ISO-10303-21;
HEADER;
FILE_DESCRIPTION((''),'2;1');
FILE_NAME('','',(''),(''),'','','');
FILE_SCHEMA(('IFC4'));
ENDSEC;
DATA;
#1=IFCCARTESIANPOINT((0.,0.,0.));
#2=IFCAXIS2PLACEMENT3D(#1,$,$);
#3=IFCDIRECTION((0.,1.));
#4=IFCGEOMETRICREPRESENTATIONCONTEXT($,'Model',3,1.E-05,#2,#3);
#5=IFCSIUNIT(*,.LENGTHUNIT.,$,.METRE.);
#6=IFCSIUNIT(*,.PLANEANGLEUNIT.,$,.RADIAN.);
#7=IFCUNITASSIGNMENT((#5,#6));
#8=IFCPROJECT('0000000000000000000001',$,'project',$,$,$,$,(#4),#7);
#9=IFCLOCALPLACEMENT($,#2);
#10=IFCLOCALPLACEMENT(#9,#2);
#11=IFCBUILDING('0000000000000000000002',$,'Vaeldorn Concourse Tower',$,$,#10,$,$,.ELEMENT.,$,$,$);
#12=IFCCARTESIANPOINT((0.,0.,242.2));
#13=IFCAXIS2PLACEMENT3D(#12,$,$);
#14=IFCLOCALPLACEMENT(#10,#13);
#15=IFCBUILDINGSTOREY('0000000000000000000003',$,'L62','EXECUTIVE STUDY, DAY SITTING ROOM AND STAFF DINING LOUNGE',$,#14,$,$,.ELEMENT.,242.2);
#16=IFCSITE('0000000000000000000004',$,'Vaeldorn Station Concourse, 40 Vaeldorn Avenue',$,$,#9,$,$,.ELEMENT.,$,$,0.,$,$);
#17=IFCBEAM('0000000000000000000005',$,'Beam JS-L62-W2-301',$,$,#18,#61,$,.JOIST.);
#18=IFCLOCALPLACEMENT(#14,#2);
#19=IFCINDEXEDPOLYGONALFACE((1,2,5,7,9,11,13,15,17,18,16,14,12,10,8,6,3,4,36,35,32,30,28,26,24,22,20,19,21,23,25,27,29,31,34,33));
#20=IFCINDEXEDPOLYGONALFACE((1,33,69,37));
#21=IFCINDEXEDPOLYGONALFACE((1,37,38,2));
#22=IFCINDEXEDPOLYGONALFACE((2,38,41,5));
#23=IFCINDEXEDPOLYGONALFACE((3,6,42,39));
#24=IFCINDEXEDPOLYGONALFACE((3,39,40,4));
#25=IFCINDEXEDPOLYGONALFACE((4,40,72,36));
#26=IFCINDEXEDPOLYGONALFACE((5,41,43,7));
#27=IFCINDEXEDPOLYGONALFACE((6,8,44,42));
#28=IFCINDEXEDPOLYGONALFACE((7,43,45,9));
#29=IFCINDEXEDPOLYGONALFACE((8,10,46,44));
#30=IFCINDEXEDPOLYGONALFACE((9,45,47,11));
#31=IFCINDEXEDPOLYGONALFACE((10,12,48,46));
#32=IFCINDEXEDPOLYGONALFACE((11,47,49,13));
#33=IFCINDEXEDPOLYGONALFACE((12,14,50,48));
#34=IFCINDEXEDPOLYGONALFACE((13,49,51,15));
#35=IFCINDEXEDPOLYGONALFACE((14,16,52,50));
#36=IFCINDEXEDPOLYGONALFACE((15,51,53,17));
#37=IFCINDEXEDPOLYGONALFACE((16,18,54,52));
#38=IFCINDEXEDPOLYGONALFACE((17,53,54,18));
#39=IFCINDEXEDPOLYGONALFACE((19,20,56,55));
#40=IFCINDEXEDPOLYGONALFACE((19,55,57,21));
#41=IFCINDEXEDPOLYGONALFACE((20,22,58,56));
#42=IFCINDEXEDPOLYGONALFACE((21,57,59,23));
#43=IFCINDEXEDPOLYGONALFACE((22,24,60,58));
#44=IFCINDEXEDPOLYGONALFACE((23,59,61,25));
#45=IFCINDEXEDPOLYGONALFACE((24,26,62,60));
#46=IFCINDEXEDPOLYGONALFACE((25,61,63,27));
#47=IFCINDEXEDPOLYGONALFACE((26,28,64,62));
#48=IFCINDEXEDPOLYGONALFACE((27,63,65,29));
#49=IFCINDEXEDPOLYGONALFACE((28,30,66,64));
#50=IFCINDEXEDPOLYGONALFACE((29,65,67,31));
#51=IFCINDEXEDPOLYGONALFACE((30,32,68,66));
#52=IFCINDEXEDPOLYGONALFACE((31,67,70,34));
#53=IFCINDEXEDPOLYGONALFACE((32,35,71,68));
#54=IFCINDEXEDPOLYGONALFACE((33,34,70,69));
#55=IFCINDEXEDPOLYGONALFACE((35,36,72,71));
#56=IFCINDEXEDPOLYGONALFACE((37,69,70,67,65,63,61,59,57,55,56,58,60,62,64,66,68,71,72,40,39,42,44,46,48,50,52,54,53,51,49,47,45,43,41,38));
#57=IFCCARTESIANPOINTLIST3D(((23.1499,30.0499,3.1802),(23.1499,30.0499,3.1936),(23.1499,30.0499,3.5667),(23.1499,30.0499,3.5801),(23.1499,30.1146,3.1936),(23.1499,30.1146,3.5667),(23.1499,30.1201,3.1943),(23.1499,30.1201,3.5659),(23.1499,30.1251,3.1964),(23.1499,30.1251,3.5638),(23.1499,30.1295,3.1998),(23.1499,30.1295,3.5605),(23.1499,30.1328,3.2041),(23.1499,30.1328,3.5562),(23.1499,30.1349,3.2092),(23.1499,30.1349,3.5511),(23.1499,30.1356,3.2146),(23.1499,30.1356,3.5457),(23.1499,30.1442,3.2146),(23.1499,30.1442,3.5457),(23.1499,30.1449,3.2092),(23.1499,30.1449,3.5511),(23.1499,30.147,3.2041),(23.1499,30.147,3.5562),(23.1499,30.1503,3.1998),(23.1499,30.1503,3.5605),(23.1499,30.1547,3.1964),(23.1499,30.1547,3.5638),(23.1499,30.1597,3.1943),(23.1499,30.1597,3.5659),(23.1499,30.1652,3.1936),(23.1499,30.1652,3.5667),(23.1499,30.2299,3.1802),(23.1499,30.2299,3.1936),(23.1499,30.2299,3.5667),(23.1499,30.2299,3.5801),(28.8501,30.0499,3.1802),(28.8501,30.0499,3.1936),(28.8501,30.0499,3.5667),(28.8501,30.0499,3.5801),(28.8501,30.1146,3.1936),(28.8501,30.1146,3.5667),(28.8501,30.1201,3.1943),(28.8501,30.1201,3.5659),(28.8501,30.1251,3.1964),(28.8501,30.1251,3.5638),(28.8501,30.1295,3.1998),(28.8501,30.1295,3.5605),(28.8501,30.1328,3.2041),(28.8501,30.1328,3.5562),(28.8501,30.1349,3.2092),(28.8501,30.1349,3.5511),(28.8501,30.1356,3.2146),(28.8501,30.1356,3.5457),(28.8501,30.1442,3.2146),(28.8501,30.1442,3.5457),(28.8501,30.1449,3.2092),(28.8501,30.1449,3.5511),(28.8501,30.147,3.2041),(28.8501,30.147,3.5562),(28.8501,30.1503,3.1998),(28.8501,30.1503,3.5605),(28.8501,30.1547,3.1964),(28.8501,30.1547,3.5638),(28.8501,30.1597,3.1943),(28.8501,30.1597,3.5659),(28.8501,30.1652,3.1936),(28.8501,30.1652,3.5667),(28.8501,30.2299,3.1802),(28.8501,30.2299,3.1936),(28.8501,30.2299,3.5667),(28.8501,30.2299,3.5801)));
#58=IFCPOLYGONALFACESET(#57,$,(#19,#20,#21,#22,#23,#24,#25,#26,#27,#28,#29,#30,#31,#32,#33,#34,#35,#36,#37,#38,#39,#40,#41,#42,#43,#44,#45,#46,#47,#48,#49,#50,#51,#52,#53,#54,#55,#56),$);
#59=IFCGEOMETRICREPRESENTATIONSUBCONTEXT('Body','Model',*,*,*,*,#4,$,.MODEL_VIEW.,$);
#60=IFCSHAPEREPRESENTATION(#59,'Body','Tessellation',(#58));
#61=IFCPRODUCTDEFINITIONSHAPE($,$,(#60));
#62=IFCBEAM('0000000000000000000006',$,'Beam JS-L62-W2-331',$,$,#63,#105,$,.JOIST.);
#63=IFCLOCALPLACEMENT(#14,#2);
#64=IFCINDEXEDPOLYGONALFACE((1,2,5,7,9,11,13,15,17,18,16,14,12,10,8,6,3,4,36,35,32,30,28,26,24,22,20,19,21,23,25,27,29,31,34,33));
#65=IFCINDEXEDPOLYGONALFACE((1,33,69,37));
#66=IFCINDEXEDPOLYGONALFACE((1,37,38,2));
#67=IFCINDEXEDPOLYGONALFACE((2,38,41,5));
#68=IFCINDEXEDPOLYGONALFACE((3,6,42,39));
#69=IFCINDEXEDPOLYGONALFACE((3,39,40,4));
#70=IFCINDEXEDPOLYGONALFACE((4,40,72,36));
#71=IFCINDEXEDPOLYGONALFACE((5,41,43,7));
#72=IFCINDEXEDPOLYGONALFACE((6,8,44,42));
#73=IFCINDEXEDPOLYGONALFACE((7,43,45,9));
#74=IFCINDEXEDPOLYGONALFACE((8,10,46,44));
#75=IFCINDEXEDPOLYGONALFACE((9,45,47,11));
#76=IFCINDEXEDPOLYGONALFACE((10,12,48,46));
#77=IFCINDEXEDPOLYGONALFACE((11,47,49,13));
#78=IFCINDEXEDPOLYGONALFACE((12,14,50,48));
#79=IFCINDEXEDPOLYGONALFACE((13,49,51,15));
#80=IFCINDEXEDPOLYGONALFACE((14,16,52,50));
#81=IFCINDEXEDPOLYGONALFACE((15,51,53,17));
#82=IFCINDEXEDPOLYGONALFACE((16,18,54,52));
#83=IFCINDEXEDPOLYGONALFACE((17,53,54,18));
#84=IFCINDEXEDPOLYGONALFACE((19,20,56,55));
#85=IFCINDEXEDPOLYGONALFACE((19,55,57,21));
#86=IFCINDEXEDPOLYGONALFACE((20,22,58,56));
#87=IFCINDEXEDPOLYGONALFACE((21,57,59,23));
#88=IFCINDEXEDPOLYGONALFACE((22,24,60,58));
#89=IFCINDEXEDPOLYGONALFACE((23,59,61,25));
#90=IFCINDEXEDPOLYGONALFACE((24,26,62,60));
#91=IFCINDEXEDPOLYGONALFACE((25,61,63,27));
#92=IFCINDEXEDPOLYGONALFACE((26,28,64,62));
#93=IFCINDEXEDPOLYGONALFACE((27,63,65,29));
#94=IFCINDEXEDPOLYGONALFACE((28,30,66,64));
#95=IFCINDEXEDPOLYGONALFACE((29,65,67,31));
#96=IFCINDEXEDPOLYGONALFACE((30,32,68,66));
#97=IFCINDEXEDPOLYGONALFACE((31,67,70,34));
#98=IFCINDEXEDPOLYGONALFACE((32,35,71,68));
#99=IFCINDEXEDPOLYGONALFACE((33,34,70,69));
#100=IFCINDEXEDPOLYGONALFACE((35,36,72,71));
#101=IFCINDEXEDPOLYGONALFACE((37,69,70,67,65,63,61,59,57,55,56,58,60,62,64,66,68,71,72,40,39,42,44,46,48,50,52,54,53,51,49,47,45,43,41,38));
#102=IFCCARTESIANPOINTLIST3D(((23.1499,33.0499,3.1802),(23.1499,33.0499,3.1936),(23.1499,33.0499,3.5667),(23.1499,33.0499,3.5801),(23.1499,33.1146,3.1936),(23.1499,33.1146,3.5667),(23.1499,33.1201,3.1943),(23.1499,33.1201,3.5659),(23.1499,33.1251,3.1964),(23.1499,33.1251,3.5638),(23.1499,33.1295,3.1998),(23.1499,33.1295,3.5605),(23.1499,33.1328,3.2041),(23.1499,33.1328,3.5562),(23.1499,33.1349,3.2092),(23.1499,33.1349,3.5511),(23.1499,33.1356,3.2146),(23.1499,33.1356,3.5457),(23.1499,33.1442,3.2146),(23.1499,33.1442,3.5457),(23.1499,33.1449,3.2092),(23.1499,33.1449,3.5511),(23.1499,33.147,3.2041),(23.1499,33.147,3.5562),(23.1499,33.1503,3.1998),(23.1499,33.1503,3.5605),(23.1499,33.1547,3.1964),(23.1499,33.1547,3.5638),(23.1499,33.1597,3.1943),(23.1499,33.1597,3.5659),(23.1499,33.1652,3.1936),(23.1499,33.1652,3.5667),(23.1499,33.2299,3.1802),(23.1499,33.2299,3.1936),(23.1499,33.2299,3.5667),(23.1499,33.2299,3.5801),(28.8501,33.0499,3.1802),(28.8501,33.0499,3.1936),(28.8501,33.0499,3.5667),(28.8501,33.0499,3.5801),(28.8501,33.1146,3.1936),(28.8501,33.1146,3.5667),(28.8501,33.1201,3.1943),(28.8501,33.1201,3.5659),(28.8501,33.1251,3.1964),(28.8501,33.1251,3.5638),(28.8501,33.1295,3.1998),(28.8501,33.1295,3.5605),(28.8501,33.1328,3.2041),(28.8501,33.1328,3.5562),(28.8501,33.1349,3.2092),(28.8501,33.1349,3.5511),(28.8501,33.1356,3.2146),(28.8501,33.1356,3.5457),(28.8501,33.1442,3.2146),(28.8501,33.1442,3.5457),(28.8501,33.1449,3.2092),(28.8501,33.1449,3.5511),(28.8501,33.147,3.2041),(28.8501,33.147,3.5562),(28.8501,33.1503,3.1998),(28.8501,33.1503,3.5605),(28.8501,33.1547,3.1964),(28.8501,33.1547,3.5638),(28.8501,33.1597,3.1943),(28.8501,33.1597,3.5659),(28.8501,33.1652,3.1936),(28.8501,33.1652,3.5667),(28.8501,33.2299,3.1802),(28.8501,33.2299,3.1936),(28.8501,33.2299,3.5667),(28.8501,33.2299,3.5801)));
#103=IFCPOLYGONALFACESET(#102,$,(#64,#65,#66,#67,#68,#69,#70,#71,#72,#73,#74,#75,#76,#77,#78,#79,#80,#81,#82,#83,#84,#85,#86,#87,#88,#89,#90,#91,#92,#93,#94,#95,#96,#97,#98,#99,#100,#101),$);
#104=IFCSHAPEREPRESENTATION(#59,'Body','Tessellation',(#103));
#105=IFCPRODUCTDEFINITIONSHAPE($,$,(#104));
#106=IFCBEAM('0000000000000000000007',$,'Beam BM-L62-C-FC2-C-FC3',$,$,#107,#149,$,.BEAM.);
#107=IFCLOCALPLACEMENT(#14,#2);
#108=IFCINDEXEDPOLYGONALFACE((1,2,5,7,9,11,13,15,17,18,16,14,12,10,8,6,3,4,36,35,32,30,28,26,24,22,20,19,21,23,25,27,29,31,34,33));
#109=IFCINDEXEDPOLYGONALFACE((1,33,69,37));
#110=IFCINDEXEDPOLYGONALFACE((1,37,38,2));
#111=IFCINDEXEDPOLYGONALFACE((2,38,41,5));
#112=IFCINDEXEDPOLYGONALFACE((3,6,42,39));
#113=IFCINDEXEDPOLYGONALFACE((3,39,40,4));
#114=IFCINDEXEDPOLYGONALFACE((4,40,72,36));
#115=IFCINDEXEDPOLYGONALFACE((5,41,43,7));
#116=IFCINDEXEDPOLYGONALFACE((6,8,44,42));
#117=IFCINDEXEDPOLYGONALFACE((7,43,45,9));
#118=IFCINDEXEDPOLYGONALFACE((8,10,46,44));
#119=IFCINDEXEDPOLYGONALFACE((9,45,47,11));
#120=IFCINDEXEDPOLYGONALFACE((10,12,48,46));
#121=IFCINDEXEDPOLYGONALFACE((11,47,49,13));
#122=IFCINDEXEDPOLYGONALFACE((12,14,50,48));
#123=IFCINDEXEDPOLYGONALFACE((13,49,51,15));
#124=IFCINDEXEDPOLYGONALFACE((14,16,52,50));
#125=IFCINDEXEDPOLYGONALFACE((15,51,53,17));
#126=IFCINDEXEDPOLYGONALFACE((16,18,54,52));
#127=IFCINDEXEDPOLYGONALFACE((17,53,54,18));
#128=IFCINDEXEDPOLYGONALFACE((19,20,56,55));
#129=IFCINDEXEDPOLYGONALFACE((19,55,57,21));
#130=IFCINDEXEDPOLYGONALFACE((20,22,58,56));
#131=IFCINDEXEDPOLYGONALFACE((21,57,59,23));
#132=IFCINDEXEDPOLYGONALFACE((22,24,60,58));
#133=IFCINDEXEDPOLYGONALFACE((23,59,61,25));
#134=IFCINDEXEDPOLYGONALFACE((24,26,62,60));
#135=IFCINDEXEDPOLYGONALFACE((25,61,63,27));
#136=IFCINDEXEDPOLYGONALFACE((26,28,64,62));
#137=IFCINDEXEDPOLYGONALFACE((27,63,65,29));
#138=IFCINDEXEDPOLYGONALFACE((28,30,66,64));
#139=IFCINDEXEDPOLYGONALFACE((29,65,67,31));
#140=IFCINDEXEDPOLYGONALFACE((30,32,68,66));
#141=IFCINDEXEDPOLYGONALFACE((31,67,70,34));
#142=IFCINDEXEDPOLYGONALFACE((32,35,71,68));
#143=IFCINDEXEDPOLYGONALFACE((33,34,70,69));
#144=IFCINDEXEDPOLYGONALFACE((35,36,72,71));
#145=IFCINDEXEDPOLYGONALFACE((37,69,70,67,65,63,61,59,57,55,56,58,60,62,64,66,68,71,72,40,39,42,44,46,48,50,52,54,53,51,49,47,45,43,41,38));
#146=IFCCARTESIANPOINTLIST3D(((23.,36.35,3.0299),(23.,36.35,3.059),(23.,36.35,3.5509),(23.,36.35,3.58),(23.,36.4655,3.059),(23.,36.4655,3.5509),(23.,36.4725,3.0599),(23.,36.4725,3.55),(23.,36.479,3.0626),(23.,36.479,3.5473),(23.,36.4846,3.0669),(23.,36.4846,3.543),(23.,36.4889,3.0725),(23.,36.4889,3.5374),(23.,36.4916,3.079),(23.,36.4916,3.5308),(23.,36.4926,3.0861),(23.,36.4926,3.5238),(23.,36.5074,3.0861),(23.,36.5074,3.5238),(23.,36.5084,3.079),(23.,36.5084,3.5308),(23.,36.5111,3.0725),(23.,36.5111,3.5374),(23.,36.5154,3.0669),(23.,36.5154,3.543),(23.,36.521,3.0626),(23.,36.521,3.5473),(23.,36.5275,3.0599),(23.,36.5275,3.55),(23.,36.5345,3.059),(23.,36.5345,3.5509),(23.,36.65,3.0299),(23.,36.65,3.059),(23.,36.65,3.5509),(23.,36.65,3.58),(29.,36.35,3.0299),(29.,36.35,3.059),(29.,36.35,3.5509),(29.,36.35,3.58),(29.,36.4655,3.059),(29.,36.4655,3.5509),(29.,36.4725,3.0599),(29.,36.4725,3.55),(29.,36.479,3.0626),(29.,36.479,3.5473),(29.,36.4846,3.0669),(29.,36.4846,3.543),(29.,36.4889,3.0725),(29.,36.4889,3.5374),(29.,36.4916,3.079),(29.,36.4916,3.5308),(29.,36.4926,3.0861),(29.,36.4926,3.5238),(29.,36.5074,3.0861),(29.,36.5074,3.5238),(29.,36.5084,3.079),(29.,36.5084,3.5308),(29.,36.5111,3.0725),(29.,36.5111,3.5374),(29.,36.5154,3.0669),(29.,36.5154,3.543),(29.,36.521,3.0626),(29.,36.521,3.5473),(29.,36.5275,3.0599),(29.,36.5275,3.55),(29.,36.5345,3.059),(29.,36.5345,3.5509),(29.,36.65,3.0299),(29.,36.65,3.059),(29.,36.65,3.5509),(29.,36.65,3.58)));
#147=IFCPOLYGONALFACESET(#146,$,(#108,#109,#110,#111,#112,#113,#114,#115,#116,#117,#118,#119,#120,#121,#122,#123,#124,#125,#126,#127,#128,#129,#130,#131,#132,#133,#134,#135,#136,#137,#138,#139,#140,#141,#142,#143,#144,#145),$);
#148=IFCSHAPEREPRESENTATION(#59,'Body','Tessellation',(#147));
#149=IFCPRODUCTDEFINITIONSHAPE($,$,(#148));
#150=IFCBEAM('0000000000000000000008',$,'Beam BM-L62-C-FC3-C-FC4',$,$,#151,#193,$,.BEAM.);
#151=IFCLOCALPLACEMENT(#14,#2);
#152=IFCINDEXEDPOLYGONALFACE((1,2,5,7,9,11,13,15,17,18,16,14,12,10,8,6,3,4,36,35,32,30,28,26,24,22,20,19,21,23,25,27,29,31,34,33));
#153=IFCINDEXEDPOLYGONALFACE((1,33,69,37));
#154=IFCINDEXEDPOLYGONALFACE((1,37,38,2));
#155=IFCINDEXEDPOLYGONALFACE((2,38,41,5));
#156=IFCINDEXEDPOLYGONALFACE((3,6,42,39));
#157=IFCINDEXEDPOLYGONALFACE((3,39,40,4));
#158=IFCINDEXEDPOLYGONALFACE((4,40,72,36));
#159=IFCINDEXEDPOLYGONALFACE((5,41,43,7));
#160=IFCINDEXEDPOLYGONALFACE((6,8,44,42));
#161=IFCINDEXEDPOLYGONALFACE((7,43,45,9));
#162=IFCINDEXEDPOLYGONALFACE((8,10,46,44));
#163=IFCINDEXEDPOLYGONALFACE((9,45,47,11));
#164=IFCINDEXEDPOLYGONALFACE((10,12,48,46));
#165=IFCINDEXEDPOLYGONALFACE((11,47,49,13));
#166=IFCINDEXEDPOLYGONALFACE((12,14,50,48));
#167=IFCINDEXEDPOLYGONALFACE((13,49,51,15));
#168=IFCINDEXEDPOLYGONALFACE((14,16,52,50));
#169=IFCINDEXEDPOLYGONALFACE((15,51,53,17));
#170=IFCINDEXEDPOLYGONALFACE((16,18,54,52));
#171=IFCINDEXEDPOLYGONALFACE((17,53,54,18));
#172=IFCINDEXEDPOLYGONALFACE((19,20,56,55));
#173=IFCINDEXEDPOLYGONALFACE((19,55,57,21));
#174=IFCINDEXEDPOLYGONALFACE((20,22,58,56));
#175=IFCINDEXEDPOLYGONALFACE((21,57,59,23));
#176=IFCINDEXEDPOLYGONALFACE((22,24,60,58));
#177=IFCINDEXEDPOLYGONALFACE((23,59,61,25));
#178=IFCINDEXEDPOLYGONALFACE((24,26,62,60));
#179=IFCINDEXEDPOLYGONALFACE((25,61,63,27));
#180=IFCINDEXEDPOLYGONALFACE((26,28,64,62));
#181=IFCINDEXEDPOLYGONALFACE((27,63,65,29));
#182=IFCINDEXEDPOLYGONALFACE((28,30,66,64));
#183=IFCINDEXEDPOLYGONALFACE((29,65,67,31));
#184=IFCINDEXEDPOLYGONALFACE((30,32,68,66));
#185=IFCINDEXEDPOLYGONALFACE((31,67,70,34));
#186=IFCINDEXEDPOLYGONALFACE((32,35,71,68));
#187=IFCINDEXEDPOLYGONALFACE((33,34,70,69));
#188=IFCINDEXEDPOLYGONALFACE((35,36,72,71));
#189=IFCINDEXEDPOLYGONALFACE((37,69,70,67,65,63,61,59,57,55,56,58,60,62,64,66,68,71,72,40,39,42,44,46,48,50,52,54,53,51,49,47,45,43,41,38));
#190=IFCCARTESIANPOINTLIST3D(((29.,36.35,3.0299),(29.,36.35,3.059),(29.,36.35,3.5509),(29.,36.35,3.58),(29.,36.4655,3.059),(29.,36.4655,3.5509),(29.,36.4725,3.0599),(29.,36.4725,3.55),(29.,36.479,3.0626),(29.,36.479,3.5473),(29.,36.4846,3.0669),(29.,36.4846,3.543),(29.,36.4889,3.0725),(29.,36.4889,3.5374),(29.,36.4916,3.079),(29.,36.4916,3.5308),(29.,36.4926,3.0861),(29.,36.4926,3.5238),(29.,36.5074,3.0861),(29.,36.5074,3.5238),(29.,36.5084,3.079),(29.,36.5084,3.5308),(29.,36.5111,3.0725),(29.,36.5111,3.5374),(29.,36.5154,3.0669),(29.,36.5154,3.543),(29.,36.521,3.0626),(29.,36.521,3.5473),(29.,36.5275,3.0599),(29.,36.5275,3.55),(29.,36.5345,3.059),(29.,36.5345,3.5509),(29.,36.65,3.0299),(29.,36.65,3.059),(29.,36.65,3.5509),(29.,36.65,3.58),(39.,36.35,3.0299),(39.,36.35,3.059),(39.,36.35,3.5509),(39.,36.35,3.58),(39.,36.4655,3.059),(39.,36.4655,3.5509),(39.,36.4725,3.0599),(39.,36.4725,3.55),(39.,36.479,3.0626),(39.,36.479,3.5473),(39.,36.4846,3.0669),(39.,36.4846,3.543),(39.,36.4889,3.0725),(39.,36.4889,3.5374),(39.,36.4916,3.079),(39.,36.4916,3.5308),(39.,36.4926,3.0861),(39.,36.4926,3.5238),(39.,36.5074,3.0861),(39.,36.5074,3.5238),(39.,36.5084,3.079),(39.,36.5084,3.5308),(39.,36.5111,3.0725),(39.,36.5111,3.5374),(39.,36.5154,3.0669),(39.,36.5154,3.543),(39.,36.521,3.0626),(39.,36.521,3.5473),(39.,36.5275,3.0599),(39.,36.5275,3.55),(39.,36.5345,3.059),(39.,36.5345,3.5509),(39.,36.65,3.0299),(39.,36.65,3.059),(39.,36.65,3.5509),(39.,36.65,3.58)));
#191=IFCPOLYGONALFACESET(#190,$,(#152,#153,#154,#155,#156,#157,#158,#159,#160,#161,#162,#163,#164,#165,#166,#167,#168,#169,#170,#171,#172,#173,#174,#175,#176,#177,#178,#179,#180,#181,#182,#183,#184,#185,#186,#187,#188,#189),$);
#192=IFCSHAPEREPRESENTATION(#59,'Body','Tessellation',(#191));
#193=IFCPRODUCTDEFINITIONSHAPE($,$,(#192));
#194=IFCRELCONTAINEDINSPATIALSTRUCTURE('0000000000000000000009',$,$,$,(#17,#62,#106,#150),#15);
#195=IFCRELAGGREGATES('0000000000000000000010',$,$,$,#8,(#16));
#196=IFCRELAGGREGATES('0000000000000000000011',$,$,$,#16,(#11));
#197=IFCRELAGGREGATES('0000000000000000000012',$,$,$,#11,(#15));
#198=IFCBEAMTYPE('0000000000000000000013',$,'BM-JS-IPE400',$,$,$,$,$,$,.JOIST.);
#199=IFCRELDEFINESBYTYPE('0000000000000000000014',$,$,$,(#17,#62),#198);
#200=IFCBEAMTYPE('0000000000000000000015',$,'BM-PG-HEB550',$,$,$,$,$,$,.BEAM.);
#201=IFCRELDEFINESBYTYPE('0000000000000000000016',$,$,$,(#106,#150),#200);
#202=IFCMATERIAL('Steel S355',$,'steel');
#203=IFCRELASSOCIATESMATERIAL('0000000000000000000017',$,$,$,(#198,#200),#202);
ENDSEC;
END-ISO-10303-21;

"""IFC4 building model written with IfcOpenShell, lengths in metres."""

from ifc_helpers import new_model, si_unit, direction, frame, origin, origin_2d, place, context, subcontext, project, spatial, i_section, extrude, source, transform, mapped, material, material_profile, profile_set, type_object, element, save


model = new_model("IFC4")

# Units and contexts
model_context = context("Model", 3, precision=1e-05, world=origin(), true_north=direction((0.0, 1.0)))
body_context = subcontext(model_context, "Body", "Model", "MODEL_VIEW")
ifc_project = project(units=[si_unit("LENGTHUNIT", "METRE"), si_unit("PLANEANGLEUNIT", "RADIAN")], contexts=[model_context])

# Site, building, storey
site_placement = place(None, origin())
site = spatial("IfcSite", under=ifc_project, at=site_placement, Name="Vaeldorn Station Concourse, 40 Vaeldorn Avenue", CompositionType="ELEMENT", RefElevation=0.0)
building_placement = place(site_placement, origin())
building = spatial("IfcBuilding", under=site, at=building_placement, Name="Vaeldorn Concourse Tower", CompositionType="ELEMENT")
storey_placement = place(building_placement, frame((0.0, 0.0, 242.2)))
storey = spatial("IfcBuildingStorey", under=building, at=storey_placement, Name="L62", Description="EXECUTIVE STUDY, DAY SITTING ROOM AND STAFF DINING LOUNGE", CompositionType="ELEMENT", Elevation=242.2)

# Shared definitions
ifc_material_1 = material(Name="Steel S355", Category="steel")

# Beams
ifc_material_profile_1 = material_profile(ifc_material_1, i_section(OverallWidth=0.1799, OverallDepth=0.3999, WebThickness=0.0085, FlangeThickness=0.0134, FilletRadius=0.021, at=origin_2d()), Name="IPE 400")
ifc_profile_set_1 = profile_set([ifc_material_profile_1], Name="Steel S355")
beam_type_1 = type_object("IfcBeamType", Name="BM-JS-IPE400", PredefinedType="JOIST", material=ifc_profile_set_1)
shared_shape_1 = source(origin(), body_context, "Body", "SweptSolid", [
    extrude(i_section(OverallWidth=0.1799, OverallDepth=0.3999, WebThickness=0.0085, FlangeThickness=0.0134, FilletRadius=0.021, at=origin_2d()), origin(), (0.0, 0.0, 1.0), 5.7002),
])
for number, where, z_axis, x_axis, name in (
    (1, (23.1499, 30.1399, 3.3801), (1.0, 0.0, 0.0), (0.0, 1.0, 0.0), "Beam JS-L62-W2-301"),
    (2, (23.1499, 33.1399, 3.3801), (1.0, 0.0, 0.0), (0.0, 1.0, 0.0), "Beam JS-L62-W2-331"),
):
    element("IfcBeam", number, at=place(storey_placement, frame(where, z_axis=z_axis, x_axis=x_axis)), inside=storey, type_object=beam_type_1, Name=name, PredefinedType="JOIST", context=body_context, shape_type="MappedRepresentation", body=[
        mapped(shared_shape_1, transform((0.0, 0.0, 0.0), scale=1.0)),
    ])
ifc_material_profile_2 = material_profile(ifc_material_1, i_section(OverallWidth=0.3, OverallDepth=0.55, WebThickness=0.0149, FlangeThickness=0.0291, FilletRadius=0.0271, at=origin_2d()), Name="HEB 550")
ifc_profile_set_2 = profile_set([ifc_material_profile_2], Name="Steel S355")
beam_type_2 = type_object("IfcBeamType", Name="BM-PG-HEB550", PredefinedType="BEAM", material=ifc_profile_set_2)
shared_shape_2 = source(origin(), body_context, "Body", "SweptSolid", [
    extrude(i_section(OverallWidth=0.3, OverallDepth=0.55, WebThickness=0.0149, FlangeThickness=0.0291, FilletRadius=0.0271, at=origin_2d()), origin(), (0.0, 0.0, 1.0), 6.0),
])
beam_1_placement = place(storey_placement, frame((23.0, 36.5, 3.3049), z_axis=(1.0, 0.0, 0.0), x_axis=(0.0, 1.0, 0.0)))
element("IfcBeam", 3, at=beam_1_placement, inside=storey, type_object=beam_type_2, Name="Beam BM-L62-C-FC2-C-FC3", PredefinedType="BEAM", context=body_context, shape_type="MappedRepresentation", body=[
    mapped(shared_shape_2, transform((0.0, 0.0, 0.0), scale=1.0)),
])
shared_shape_3 = source(origin(), body_context, "Body", "SweptSolid", [
    extrude(i_section(OverallWidth=0.3, OverallDepth=0.55, WebThickness=0.0149, FlangeThickness=0.0291, FilletRadius=0.0271, at=origin_2d()), origin(), (0.0, 0.0, 1.0), 10.0),
])
for number, where, z_axis, x_axis, name in (
    (4, (29.0, 36.5, 3.3049), (1.0, 0.0, 0.0), (0.0, 1.0, 0.0), "Beam BM-L62-C-FC3-C-FC4"),
):
    element("IfcBeam", number, at=place(storey_placement, frame(where, z_axis=z_axis, x_axis=x_axis)), inside=storey, type_object=beam_type_2, Name=name, PredefinedType="BEAM", context=body_context, shape_type="MappedRepresentation", body=[
        mapped(shared_shape_3, transform((0.0, 0.0, 0.0), scale=1.0)),
    ])

save(model, "model.ifc")
